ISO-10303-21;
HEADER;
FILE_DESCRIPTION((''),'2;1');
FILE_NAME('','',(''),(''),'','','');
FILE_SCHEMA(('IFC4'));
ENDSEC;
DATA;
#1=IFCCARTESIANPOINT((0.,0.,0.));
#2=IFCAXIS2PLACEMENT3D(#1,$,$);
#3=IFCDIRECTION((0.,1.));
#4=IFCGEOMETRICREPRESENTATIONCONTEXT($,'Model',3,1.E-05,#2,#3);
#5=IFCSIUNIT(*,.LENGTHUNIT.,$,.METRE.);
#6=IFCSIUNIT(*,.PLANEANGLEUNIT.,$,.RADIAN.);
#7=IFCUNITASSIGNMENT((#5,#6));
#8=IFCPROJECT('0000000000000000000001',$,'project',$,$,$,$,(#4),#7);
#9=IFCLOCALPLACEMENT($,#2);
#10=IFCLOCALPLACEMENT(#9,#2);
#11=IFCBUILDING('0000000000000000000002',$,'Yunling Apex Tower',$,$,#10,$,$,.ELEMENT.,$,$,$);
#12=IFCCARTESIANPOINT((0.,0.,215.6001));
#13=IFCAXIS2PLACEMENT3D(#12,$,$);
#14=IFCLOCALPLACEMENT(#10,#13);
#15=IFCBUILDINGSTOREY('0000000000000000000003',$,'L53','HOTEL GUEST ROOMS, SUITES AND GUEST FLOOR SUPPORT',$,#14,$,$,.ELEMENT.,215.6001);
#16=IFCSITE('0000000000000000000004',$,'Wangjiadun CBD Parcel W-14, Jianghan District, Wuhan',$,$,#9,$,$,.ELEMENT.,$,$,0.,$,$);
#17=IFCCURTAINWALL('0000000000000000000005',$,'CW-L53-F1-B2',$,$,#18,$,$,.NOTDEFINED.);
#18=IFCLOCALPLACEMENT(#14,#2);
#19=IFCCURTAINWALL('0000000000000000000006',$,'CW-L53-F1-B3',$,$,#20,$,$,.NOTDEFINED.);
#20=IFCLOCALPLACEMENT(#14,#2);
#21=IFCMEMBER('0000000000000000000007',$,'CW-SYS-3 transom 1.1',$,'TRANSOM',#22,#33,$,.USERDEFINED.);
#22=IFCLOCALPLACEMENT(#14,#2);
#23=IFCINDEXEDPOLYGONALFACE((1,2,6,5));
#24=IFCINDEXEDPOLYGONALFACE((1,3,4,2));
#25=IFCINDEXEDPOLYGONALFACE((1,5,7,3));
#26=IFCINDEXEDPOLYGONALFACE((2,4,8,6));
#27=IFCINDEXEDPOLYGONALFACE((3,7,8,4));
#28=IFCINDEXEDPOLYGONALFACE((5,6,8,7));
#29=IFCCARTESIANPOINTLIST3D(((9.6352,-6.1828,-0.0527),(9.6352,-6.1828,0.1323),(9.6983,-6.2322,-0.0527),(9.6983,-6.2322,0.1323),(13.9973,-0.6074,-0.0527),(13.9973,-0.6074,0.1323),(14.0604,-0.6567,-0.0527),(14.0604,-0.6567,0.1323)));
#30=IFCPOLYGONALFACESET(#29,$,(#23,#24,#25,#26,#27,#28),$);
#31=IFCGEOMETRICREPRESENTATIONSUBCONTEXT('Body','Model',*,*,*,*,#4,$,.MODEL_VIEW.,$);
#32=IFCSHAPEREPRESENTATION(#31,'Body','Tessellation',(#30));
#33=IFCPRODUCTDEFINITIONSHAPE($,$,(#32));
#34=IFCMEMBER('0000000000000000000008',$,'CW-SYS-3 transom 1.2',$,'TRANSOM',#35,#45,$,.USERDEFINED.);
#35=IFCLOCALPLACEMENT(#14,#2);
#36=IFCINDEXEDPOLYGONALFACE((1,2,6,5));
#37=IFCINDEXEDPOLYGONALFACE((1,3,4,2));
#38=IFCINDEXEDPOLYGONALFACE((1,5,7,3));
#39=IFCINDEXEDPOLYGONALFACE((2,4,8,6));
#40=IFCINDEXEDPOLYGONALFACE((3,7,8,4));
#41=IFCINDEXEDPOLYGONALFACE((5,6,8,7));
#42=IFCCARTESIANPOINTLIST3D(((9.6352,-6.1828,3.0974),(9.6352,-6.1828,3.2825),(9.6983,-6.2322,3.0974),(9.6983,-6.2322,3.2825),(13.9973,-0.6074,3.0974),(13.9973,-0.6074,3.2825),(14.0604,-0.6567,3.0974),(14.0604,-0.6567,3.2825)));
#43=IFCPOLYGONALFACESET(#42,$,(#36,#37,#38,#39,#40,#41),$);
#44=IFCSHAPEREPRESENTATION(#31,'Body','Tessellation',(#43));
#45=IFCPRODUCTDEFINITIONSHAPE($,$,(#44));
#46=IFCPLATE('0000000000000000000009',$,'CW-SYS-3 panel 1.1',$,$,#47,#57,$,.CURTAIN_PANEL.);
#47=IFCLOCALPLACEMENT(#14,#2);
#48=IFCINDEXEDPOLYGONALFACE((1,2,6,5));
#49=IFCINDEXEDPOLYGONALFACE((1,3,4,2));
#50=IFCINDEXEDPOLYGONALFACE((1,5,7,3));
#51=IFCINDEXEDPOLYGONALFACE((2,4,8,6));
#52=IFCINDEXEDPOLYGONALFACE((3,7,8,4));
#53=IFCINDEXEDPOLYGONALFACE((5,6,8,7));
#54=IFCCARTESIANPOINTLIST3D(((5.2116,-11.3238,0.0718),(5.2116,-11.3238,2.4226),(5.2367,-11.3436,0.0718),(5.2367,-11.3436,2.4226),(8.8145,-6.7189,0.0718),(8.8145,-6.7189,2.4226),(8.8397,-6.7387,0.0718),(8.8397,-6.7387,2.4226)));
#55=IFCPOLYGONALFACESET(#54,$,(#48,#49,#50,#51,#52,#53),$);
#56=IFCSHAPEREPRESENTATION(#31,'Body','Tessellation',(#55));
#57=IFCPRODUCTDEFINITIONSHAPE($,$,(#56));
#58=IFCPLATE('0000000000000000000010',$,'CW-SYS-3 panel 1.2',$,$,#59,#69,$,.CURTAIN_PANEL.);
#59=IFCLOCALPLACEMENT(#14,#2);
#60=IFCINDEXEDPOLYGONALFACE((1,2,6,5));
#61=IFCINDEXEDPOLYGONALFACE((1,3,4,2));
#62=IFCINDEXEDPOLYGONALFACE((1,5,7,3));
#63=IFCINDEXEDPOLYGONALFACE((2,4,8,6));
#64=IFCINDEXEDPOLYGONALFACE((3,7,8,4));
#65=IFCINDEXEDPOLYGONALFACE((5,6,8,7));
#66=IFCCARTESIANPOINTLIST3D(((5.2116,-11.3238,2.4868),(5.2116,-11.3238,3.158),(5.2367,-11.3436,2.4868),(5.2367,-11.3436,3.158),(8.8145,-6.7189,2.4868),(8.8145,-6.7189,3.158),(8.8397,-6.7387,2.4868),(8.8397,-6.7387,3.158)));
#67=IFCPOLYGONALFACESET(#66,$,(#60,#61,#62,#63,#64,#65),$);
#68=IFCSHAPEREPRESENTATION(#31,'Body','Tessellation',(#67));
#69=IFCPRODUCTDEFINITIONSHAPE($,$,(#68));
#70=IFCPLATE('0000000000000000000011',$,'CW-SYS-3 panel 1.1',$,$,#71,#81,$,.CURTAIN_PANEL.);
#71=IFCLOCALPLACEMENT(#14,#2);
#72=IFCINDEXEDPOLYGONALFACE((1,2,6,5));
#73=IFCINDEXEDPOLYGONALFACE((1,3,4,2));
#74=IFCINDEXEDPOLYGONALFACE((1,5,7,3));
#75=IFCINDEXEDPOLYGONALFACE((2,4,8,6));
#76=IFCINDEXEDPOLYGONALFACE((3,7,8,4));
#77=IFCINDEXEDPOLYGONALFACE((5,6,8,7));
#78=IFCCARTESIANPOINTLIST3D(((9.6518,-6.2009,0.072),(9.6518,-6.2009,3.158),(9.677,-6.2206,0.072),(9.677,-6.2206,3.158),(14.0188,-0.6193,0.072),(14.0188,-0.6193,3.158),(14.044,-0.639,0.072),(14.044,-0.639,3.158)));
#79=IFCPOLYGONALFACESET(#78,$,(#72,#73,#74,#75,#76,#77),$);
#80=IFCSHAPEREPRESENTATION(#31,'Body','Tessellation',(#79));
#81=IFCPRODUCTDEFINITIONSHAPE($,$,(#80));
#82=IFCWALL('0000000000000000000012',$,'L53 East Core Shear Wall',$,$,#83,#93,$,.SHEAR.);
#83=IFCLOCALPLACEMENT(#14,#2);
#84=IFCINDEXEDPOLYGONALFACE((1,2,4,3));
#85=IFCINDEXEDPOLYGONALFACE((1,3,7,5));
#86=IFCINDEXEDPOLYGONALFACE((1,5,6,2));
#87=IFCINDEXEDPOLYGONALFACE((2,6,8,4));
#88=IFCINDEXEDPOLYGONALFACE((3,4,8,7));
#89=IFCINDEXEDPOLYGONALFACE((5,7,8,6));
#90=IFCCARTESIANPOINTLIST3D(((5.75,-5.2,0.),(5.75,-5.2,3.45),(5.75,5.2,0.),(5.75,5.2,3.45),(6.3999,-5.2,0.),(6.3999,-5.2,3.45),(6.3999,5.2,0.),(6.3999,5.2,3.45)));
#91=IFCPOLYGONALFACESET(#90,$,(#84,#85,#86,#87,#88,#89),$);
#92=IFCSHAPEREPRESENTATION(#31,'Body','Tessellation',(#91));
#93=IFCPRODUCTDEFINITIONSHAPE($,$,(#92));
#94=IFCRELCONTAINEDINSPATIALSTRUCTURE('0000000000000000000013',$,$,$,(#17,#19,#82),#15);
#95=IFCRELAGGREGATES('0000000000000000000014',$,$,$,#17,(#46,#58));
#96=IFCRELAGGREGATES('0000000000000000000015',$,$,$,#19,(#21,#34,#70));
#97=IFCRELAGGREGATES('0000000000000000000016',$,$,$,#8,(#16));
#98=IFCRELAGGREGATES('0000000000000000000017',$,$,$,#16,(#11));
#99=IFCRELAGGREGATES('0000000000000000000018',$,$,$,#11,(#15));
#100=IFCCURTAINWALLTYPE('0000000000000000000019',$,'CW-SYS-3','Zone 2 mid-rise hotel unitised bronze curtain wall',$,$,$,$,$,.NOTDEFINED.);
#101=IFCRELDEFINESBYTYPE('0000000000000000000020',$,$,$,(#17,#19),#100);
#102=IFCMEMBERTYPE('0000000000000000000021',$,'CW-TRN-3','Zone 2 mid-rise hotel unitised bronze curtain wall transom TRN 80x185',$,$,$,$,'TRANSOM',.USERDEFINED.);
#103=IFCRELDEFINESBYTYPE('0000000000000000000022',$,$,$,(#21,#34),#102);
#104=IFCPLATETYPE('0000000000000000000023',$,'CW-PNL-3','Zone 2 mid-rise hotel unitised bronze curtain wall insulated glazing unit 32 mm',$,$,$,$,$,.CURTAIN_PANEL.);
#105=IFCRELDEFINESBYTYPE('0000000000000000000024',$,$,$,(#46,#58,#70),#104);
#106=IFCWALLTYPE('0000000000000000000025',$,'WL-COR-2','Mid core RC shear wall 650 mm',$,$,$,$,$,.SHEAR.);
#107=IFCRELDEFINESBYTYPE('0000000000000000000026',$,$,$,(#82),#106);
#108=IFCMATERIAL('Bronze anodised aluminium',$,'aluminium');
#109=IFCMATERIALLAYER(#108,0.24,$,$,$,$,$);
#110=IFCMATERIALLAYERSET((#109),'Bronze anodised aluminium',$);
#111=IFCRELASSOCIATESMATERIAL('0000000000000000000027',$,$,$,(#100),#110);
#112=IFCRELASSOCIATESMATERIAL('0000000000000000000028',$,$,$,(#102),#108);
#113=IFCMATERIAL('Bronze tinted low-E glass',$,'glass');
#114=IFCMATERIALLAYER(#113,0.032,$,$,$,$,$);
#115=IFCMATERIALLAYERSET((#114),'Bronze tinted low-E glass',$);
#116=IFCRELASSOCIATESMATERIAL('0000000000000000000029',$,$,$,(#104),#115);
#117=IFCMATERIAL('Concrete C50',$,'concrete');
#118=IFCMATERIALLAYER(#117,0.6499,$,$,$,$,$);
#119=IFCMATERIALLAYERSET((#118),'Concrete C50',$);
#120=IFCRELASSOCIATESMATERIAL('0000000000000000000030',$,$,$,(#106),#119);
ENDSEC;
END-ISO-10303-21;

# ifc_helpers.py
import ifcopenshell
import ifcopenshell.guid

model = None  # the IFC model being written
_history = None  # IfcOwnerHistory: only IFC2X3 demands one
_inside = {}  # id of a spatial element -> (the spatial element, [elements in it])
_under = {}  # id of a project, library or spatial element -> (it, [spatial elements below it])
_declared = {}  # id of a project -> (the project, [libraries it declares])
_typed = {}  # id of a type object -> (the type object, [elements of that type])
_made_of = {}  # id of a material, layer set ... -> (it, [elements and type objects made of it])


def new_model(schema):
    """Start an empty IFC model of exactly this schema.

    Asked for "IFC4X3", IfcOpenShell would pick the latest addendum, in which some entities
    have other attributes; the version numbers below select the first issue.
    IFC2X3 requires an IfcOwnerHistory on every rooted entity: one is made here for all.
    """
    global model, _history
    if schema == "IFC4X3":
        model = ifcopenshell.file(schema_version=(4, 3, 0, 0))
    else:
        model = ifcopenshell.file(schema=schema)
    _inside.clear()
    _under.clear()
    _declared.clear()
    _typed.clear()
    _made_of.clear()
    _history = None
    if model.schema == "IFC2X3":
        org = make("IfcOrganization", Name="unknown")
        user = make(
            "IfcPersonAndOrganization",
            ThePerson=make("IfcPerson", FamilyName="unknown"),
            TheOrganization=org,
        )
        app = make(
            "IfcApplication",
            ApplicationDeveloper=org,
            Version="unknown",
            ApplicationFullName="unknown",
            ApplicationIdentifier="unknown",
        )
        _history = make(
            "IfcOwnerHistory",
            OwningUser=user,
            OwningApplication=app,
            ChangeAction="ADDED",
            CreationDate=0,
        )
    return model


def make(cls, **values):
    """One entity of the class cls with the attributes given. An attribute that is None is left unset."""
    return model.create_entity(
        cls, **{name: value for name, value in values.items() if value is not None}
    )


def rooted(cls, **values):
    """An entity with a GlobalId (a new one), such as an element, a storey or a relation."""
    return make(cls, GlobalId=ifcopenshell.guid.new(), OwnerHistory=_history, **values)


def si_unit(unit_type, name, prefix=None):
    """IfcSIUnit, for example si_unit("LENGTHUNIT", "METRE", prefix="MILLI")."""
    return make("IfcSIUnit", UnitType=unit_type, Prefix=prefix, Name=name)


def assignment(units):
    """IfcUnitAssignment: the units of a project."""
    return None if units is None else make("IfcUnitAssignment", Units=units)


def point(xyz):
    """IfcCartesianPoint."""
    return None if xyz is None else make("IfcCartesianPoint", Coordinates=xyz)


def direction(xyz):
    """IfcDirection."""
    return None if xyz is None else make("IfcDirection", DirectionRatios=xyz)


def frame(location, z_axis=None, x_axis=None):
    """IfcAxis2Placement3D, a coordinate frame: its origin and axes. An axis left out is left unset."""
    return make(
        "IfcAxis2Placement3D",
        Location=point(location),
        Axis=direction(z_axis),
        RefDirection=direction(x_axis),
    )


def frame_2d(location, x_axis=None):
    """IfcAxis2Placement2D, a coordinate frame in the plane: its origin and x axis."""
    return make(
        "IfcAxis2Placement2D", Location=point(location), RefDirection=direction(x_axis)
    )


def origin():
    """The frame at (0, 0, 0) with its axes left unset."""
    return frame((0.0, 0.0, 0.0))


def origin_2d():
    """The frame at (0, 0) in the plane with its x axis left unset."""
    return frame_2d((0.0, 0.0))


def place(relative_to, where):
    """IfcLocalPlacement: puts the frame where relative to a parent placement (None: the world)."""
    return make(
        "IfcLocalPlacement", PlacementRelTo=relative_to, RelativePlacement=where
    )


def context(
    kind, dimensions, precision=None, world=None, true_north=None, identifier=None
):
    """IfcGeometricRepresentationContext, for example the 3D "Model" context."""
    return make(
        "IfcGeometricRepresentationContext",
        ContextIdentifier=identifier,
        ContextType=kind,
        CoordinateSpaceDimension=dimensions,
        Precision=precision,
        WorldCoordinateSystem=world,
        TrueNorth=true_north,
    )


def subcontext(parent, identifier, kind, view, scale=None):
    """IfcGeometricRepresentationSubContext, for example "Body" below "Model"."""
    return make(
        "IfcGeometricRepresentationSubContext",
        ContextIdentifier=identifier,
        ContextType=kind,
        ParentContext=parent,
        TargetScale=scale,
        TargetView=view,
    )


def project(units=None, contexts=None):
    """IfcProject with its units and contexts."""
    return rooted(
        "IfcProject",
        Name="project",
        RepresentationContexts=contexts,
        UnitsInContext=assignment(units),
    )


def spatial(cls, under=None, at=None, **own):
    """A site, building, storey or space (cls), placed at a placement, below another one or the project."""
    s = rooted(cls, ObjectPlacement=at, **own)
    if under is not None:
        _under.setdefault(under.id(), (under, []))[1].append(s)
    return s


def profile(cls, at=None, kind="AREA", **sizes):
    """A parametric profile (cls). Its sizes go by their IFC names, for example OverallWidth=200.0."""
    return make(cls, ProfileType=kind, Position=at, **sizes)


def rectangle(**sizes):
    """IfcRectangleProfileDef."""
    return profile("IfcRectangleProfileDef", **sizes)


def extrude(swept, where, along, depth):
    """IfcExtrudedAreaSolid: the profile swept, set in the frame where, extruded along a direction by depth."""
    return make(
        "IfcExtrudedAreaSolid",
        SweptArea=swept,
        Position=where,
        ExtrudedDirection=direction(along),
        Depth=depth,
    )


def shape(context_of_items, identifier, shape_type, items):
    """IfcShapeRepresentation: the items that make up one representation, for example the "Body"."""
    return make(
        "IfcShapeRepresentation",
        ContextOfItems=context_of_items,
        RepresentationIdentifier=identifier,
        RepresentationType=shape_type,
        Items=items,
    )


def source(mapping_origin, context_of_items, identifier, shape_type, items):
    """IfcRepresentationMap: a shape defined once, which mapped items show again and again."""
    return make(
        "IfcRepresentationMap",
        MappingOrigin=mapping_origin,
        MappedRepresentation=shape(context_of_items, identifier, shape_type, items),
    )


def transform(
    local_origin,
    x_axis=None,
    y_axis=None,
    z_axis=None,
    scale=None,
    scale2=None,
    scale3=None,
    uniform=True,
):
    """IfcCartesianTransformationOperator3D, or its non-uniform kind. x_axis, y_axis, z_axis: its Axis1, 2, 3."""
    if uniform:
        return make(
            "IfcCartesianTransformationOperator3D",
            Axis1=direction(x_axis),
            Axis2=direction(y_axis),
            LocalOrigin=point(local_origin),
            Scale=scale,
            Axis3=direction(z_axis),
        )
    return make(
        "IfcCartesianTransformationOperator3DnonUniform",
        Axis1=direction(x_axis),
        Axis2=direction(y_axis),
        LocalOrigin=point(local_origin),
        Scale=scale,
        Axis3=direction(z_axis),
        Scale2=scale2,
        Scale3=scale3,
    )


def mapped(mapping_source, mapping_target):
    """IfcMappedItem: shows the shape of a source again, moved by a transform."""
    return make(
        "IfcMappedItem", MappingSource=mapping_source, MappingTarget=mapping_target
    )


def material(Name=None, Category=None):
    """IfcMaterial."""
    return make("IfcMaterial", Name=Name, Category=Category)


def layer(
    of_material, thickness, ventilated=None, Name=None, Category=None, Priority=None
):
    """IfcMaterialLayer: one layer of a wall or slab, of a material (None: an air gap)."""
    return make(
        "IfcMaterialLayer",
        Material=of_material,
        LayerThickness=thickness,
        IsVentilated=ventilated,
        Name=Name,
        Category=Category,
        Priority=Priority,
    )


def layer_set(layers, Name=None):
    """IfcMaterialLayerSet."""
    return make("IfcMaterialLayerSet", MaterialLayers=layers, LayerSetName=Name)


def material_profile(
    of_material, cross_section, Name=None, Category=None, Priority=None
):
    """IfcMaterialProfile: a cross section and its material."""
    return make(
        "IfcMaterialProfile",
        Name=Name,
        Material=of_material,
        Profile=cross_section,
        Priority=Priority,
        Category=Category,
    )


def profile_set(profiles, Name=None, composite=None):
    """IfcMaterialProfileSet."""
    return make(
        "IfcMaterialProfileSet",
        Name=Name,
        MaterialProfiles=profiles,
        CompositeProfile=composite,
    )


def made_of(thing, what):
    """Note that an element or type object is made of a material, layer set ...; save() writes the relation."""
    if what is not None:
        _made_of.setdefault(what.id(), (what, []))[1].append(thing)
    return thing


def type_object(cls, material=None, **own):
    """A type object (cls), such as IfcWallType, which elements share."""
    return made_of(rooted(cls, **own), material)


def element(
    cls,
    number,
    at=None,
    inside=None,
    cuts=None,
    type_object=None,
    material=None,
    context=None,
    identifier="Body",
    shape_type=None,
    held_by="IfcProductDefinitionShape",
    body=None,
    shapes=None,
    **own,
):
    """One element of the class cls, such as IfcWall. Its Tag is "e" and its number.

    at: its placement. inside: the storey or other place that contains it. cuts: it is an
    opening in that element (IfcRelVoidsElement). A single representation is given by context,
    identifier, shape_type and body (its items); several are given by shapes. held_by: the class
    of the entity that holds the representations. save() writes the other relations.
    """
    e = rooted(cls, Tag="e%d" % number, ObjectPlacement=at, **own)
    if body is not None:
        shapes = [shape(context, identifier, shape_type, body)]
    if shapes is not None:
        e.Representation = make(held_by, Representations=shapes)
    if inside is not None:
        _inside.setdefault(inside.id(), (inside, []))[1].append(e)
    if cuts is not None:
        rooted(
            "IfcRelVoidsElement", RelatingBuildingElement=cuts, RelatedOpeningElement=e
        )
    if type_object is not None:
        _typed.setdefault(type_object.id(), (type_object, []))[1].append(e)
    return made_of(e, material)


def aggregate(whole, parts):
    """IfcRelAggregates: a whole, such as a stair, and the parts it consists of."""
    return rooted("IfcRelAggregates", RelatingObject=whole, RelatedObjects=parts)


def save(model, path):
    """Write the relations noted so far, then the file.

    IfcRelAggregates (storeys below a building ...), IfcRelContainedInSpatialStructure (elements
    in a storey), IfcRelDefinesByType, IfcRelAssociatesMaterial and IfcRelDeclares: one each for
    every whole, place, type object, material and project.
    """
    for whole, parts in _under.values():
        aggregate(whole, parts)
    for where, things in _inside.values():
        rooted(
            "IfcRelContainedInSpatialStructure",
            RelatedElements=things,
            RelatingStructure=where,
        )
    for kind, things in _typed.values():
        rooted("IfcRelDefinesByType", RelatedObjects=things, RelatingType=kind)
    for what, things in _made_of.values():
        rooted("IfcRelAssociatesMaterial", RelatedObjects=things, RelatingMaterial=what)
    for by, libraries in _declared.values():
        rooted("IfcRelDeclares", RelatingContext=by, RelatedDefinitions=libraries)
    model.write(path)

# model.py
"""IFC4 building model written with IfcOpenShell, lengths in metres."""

from ifc_helpers import new_model, si_unit, direction, frame, frame_2d, origin, origin_2d, place, context, subcontext, project, spatial, rectangle, extrude, source, transform, mapped, material, layer, layer_set, material_profile, profile_set, type_object, element, aggregate, save


model = new_model("IFC4")

# Units and contexts
model_context = context("Model", 3, precision=1e-05, world=origin(), true_north=direction((0.0, 1.0)))
body_context = subcontext(model_context, "Body", "Model", "MODEL_VIEW")
ifc_project = project(units=[si_unit("LENGTHUNIT", "METRE"), si_unit("PLANEANGLEUNIT", "RADIAN")], contexts=[model_context])

# Site, building, storey
site_placement = place(None, origin())
site = spatial("IfcSite", under=ifc_project, at=site_placement, Name="Wangjiadun CBD Parcel W-14, Jianghan District, Wuhan", CompositionType="ELEMENT", RefElevation=0.0)
building_placement = place(site_placement, origin())
building = spatial("IfcBuilding", under=site, at=building_placement, Name="Yunling Apex Tower", CompositionType="ELEMENT")
storey_placement = place(building_placement, frame((0.0, 0.0, 215.6001)))
storey = spatial("IfcBuildingStorey", under=building, at=storey_placement, Name="L53", Description="HOTEL GUEST ROOMS, SUITES AND GUEST FLOOR SUPPORT", CompositionType="ELEMENT", Elevation=215.6001)

# Curtain wall
ifc_material_1 = material(Name="Bronze anodised aluminium", Category="aluminium")
ifc_layer_1 = layer(ifc_material_1, 0.24)
ifc_layer_set_1 = layer_set([ifc_layer_1], Name="Bronze anodised aluminium")
curtain_wall_type = type_object("IfcCurtainWallType", Name="CW-SYS-3", Description="Zone 2 mid-rise hotel unitised bronze curtain wall", PredefinedType="NOTDEFINED", material=ifc_layer_set_1)
curtain_wall_1_placement = place(storey_placement, origin())
curtain_wall_1 = element("IfcCurtainWall", 1, at=curtain_wall_1_placement, inside=storey, type_object=curtain_wall_type, Name="CW-L53-F1-B2", PredefinedType="NOTDEFINED")

# Curtain wall, members
curtain_wall_2_placement = place(storey_placement, origin())
curtain_wall_2 = element("IfcCurtainWall", 2, at=curtain_wall_2_placement, inside=storey, type_object=curtain_wall_type, Name="CW-L53-F1-B3", PredefinedType="NOTDEFINED")
ifc_material_profile_1 = material_profile(ifc_material_1, rectangle(XDim=0.0801, YDim=0.1851, at=origin_2d()))
ifc_profile_set_1 = profile_set([ifc_material_profile_1], Name="Bronze anodised aluminium")
member_type_1 = type_object("IfcMemberType", Name="CW-TRN-3", Description="Zone 2 mid-rise hotel unitised bronze curtain wall transom TRN 80x185", ElementType="TRANSOM", PredefinedType="USERDEFINED", material=ifc_profile_set_1)
shared_shape_1 = source(origin(), body_context, "Body", "SweptSolid", [
    extrude(rectangle(XDim=0.0801, YDim=0.1851, at=origin_2d()), origin(), (0.0, 0.0, 1.0), 7.0791),
])
member_1_placement = place(storey_placement, frame((9.6667, -6.2075, 0.0398), z_axis=(0.616192, 0.787596, 0.0), x_axis=(-0.787596, 0.616192, 0.0)))
member_1 = element("IfcMember", 3, at=member_1_placement, type_object=member_type_1, Name="CW-SYS-3 transom 1.1", ObjectType="TRANSOM", PredefinedType="USERDEFINED", context=body_context, shape_type="MappedRepresentation", body=[
    mapped(shared_shape_1, transform((0.0, 0.0, 0.0), scale=1.0)),
])
member_2_placement = place(storey_placement, frame((9.6667, -6.2075, 3.1899), z_axis=(0.616192, 0.787596, 0.0), x_axis=(-0.787596, 0.616192, 0.0)))
member_2 = element("IfcMember", 4, at=member_2_placement, type_object=member_type_1, Name="CW-SYS-3 transom 1.2", ObjectType="TRANSOM", PredefinedType="USERDEFINED", context=body_context, shape_type="MappedRepresentation", body=[
    mapped(shared_shape_1, transform((0.0, 0.0, 0.0), scale=1.0)),
])

# Plates
ifc_material_2 = material(Name="Bronze tinted low-E glass", Category="glass")
ifc_layer_2 = layer(ifc_material_2, 0.032)
ifc_layer_set_2 = layer_set([ifc_layer_2], Name="Bronze tinted low-E glass")
plate_type = type_object("IfcPlateType", Name="CW-PNL-3", Description="Zone 2 mid-rise hotel unitised bronze curtain wall insulated glazing unit 32 mm", PredefinedType="CURTAIN_PANEL", material=ifc_layer_set_2)
shared_shape_2 = source(origin(), body_context, "Body", "SweptSolid", [
    extrude(rectangle(XDim=5.8469, YDim=0.032, at=origin_2d()), origin(), (0.0, 0.0, 1.0), 2.3508),
])
plate_1_placement = place(storey_placement, frame((7.0256, -9.0312, 0.0718), z_axis=(0.0, 0.0, 1.0), x_axis=(0.616217, 0.787576, 0.0)))
plate_1 = element("IfcPlate", 5, at=plate_1_placement, type_object=plate_type, Name="CW-SYS-3 panel 1.1", PredefinedType="CURTAIN_PANEL", context=body_context, shape_type="MappedRepresentation", body=[
    mapped(shared_shape_2, transform((0.0, 0.0, 0.0), scale=1.0)),
])
shared_shape_3 = source(origin(), body_context, "Body", "SweptSolid", [
    extrude(rectangle(XDim=5.8469, YDim=0.032, at=origin_2d()), origin(), (0.0, 0.0, 1.0), 0.6711),
])
plate_2_placement = place(storey_placement, frame((7.0256, -9.0312, 2.4868), z_axis=(0.0, 0.0, 1.0), x_axis=(0.616217, 0.787576, 0.0)))
plate_2 = element("IfcPlate", 6, at=plate_2_placement, type_object=plate_type, Name="CW-SYS-3 panel 1.2", PredefinedType="CURTAIN_PANEL", context=body_context, shape_type="MappedRepresentation", body=[
    mapped(shared_shape_3, transform((0.0, 0.0, 0.0), scale=1.0)),
])
aggregate(curtain_wall_1, [plate_1, plate_2])
shared_shape_4 = source(origin(), body_context, "Body", "SweptSolid", [
    extrude(rectangle(XDim=7.0869, YDim=0.032, at=origin_2d()), origin(), (0.0, 0.0, 1.0), 3.0859),
])
plate_3_placement = place(storey_placement, frame((11.8479, -3.4199, 0.072), z_axis=(0.0, 0.0, 1.0), x_axis=(0.6162, 0.787589, 0.0)))
plate_3 = element("IfcPlate", 7, at=plate_3_placement, type_object=plate_type, Name="CW-SYS-3 panel 1.1", PredefinedType="CURTAIN_PANEL", context=body_context, shape_type="MappedRepresentation", body=[
    mapped(shared_shape_4, transform((0.0, 0.0, 0.0), scale=1.0)),
])
aggregate(curtain_wall_2, [member_1, member_2, plate_3])

# Wall
ifc_material_3 = material(Name="Concrete C50", Category="concrete")
ifc_layer_3 = layer(ifc_material_3, 0.6499)
ifc_layer_set_3 = layer_set([ifc_layer_3], Name="Concrete C50")
wall_type = type_object("IfcWallType", Name="WL-COR-2", Description="Mid core RC shear wall 650 mm", PredefinedType="SHEAR", material=ifc_layer_set_3)
wall_placement = place(storey_placement, frame((6.075, -5.2, 0.0), z_axis=(0.0, 0.0, 1.0), x_axis=(0.0, 1.0, 0.0)))
element("IfcWall", 8, at=wall_placement, inside=storey, type_object=wall_type, Name="L53 East Core Shear Wall", PredefinedType="SHEAR", context=body_context, shape_type="SweptSolid", body=[
    extrude(rectangle(XDim=10.3999, YDim=0.6499, at=frame_2d((5.2, 0.0))), origin(), (0.0, 0.0, 1.0), 3.45),
])

save(model, "model.ifc")
